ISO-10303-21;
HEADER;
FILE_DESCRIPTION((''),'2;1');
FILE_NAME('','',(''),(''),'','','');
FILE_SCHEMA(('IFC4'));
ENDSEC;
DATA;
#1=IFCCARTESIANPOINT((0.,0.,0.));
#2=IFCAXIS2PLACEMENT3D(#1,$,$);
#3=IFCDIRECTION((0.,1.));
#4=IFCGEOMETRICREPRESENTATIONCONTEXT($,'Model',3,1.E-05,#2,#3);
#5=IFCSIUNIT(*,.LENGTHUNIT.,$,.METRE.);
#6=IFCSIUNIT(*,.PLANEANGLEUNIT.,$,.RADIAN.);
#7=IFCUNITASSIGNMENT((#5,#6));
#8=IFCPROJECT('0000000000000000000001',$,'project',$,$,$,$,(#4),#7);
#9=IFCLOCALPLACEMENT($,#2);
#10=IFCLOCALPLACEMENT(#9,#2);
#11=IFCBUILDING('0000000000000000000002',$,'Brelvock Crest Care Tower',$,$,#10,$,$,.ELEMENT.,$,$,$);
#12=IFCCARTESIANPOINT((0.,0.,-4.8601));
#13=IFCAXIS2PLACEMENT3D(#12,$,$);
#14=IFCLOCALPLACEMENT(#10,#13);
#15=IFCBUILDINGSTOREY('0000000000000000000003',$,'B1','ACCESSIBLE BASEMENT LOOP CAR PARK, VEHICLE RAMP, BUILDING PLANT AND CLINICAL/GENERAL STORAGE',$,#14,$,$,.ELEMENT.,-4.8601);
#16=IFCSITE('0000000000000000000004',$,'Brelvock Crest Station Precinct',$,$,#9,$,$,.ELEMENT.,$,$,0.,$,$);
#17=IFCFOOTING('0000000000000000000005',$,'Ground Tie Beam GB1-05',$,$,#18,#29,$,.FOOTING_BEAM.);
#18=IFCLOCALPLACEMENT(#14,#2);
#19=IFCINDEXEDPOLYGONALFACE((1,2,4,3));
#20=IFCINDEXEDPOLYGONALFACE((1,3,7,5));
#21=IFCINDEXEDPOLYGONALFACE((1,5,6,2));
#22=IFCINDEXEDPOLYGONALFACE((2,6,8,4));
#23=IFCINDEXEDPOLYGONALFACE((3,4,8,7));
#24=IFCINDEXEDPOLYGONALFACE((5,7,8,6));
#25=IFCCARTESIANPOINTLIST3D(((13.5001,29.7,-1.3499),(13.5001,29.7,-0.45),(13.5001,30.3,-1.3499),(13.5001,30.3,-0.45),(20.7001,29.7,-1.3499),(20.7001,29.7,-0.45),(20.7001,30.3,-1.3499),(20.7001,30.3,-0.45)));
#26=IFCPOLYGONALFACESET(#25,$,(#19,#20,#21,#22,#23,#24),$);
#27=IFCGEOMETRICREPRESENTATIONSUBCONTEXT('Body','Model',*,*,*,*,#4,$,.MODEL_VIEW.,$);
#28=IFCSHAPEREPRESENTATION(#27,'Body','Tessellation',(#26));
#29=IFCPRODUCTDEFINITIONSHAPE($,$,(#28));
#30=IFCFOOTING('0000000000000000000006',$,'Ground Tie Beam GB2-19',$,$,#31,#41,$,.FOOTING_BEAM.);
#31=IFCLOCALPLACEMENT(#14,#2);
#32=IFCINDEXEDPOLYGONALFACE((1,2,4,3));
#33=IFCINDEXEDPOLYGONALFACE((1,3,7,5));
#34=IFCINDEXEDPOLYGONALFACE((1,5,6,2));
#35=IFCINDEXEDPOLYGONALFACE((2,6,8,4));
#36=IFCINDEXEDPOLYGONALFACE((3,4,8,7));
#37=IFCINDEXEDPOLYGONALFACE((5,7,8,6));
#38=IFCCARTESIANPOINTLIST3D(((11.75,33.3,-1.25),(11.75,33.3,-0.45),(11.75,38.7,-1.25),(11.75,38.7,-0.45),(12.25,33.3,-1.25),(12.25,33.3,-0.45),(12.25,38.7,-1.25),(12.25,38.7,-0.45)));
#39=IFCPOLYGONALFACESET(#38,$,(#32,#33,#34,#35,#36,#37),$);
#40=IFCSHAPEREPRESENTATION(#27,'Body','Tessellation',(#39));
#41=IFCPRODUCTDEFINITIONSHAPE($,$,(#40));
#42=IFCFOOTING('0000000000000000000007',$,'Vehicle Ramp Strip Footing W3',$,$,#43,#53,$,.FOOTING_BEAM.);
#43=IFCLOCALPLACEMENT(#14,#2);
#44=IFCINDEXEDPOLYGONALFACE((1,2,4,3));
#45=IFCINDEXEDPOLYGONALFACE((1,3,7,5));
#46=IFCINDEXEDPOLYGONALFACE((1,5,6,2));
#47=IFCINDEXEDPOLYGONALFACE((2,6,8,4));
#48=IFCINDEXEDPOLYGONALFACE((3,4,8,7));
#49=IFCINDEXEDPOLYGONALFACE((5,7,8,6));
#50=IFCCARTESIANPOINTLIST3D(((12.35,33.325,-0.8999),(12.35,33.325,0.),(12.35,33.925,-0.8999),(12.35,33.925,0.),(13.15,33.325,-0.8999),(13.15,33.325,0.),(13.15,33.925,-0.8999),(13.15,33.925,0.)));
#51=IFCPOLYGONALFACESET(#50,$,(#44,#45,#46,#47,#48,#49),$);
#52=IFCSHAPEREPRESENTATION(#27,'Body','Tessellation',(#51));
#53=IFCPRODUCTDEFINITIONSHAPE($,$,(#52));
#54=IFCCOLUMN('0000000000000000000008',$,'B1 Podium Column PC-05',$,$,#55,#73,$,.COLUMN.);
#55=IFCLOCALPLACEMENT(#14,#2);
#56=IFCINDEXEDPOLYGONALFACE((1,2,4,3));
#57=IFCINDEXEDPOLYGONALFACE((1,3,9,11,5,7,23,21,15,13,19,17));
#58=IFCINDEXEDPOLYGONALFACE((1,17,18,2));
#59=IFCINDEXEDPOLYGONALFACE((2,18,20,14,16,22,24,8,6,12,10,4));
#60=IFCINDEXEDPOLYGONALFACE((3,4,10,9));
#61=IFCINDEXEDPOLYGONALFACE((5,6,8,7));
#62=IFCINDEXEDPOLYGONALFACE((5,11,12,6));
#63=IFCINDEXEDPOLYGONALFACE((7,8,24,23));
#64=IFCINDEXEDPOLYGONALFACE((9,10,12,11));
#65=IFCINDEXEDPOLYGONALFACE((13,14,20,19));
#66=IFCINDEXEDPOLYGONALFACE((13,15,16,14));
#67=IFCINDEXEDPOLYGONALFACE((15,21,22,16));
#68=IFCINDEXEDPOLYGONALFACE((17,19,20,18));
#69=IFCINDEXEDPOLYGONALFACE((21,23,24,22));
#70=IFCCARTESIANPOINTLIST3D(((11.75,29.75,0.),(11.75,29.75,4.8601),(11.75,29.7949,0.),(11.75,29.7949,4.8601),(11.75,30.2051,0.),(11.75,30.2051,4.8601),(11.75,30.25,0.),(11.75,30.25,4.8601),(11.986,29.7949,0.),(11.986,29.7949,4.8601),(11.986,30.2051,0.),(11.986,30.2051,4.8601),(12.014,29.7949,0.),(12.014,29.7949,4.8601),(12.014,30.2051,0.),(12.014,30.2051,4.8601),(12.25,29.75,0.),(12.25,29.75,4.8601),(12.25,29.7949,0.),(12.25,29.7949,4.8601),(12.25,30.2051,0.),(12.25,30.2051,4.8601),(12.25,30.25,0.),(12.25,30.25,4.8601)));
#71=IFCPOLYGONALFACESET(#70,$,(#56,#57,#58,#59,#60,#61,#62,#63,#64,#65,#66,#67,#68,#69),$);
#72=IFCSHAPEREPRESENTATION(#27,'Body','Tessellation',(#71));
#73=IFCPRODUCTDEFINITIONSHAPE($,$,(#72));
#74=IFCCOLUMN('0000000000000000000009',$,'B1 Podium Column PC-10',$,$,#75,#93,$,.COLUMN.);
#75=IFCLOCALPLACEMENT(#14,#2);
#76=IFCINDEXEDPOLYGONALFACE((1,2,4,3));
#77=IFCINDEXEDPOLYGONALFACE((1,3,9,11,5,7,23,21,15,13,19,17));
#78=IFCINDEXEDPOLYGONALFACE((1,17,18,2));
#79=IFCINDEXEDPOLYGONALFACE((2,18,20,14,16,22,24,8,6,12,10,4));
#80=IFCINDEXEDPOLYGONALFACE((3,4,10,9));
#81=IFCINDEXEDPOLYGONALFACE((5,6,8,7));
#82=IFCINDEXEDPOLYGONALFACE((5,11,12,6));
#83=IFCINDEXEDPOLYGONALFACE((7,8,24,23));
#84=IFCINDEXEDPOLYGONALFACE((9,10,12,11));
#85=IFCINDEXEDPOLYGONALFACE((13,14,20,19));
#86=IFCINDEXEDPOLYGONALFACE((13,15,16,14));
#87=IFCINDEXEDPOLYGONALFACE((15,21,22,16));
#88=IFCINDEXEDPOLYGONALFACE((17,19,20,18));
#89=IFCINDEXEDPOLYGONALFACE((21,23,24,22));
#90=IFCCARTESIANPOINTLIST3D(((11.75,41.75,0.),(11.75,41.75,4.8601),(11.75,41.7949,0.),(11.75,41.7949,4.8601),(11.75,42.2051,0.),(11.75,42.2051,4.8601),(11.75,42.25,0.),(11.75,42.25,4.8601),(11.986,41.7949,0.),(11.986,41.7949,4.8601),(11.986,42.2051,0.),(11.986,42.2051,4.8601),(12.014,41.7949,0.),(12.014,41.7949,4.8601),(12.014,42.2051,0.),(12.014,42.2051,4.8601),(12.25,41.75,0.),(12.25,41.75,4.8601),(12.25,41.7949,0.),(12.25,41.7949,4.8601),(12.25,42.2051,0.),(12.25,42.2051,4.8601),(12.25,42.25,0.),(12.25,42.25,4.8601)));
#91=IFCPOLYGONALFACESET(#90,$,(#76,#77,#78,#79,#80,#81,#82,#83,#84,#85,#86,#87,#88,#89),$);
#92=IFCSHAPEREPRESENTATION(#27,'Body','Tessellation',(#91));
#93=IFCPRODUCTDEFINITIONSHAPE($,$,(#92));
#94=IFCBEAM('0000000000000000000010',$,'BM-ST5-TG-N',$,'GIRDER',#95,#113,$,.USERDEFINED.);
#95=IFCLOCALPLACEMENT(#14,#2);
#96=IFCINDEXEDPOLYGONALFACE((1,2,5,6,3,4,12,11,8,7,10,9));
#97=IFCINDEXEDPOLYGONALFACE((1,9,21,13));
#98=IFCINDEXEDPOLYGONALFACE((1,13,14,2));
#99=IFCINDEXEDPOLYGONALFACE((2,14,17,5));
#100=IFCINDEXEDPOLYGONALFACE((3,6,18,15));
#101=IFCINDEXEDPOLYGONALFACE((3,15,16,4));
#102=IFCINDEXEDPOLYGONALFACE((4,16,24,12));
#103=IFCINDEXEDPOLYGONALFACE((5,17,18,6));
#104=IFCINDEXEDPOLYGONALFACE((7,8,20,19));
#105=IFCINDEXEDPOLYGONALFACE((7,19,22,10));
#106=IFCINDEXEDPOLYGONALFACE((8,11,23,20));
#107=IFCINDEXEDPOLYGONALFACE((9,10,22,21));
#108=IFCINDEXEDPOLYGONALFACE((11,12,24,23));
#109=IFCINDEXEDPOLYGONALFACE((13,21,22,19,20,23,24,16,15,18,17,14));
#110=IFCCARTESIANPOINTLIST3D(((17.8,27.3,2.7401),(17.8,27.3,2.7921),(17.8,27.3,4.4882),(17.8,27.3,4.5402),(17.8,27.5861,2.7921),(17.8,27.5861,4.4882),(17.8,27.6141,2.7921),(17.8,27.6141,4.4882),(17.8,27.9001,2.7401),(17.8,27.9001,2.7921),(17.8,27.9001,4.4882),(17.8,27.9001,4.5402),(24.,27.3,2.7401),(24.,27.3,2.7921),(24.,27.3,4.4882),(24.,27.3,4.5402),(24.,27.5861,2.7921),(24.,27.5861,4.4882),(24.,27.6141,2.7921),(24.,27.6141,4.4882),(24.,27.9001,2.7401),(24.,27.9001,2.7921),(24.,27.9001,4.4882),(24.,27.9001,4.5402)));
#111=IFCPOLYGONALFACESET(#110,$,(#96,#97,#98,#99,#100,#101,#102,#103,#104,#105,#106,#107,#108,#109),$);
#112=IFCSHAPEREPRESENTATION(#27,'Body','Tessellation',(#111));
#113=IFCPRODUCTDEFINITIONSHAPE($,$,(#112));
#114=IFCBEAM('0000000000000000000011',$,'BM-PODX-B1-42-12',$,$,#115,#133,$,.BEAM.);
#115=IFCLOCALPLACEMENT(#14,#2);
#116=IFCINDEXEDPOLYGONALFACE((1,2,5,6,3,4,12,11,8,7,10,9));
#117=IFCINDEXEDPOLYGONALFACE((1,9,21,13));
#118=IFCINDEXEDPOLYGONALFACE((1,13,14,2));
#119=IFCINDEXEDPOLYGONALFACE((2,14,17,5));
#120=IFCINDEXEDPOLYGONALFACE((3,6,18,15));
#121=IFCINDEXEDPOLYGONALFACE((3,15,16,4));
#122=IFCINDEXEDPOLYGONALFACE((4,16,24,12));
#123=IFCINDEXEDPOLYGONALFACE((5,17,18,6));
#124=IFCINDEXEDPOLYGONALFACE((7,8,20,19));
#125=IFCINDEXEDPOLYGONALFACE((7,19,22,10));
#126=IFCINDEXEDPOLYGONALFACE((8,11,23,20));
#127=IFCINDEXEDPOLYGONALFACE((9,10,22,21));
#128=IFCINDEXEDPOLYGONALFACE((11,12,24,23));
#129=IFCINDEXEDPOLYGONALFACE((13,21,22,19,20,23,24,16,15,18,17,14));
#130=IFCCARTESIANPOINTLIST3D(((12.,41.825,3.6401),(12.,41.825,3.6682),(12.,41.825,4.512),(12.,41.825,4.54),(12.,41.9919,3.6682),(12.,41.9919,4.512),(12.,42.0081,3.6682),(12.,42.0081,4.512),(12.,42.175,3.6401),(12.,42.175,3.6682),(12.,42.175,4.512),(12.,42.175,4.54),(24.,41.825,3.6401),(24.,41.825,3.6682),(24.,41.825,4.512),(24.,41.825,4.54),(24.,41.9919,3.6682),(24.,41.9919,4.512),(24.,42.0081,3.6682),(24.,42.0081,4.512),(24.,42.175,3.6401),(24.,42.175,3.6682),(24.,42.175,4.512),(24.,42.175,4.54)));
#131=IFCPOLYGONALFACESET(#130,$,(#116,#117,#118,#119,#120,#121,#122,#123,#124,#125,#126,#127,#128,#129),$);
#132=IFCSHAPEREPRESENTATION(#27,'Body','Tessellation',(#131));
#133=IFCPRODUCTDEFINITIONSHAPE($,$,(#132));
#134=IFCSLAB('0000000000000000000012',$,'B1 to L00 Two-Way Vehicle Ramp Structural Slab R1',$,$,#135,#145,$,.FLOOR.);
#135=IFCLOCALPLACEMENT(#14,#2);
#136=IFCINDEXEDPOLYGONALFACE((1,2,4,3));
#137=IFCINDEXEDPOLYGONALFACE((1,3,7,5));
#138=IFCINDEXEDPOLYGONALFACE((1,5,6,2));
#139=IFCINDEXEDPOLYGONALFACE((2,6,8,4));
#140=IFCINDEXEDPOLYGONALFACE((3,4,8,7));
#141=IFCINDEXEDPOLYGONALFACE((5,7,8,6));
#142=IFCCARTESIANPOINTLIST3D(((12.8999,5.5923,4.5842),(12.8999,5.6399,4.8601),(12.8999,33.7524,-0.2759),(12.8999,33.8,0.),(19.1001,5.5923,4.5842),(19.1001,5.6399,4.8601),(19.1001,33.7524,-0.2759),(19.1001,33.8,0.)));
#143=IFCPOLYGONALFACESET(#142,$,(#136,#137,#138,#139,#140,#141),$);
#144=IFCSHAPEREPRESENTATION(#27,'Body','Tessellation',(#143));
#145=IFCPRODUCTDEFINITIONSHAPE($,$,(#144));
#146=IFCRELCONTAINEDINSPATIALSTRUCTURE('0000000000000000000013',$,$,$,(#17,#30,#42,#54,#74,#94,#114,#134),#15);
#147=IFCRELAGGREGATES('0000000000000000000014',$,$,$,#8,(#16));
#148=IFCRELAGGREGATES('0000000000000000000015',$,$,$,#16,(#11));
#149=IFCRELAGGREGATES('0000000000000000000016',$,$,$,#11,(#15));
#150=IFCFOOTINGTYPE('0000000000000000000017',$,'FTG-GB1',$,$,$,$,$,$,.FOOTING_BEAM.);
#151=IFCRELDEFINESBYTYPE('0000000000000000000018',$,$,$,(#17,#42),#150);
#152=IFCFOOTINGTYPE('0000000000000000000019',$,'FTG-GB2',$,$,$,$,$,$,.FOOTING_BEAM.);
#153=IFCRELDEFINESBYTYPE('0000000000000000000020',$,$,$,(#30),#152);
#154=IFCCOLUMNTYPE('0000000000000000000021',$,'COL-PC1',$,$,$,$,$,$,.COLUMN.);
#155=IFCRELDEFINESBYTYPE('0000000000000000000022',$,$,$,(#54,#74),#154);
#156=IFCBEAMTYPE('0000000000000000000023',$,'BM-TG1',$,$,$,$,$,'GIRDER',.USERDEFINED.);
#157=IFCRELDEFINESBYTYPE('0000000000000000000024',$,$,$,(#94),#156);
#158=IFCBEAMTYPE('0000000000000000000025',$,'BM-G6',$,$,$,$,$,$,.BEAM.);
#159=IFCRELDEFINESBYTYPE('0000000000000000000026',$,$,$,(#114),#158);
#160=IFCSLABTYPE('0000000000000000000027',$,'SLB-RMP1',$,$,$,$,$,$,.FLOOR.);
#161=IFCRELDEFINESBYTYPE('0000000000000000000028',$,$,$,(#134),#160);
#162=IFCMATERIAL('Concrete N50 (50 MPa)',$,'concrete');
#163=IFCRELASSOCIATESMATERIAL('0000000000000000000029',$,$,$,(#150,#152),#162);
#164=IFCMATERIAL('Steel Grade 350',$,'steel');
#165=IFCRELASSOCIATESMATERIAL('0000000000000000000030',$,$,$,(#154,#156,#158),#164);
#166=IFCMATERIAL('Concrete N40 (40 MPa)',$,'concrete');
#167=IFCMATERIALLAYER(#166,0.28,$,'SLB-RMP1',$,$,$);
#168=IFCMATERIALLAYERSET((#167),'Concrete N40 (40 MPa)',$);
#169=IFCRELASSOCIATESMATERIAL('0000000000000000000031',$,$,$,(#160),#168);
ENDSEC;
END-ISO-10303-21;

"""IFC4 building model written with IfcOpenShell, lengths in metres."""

from ifc_helpers import new_model, si_unit, direction, frame, origin, origin_2d, place, context, subcontext, project, spatial, polyline, rectangle, i_section, outline, extrude, source, transform, mapped, material, layer, layer_set, material_profile, profile_set, type_object, element, save


model = new_model("IFC4")

# Units and contexts
model_context = context("Model", 3, precision=1e-05, world=origin(), true_north=direction((0.0, 1.0)))
body_context = subcontext(model_context, "Body", "Model", "MODEL_VIEW")
ifc_project = project(units=[si_unit("LENGTHUNIT", "METRE"), si_unit("PLANEANGLEUNIT", "RADIAN")], contexts=[model_context])

# Site, building, storey
site_placement = place(None, origin())
site = spatial("IfcSite", under=ifc_project, at=site_placement, Name="Brelvock Crest Station Precinct", CompositionType="ELEMENT", RefElevation=0.0)
building_placement = place(site_placement, origin())
building = spatial("IfcBuilding", under=site, at=building_placement, Name="Brelvock Crest Care Tower", CompositionType="ELEMENT")
storey_placement = place(building_placement, frame((0.0, 0.0, -4.8601)))
storey = spatial("IfcBuildingStorey", under=building, at=storey_placement, Name="B1", Description="ACCESSIBLE BASEMENT LOOP CAR PARK, VEHICLE RAMP, BUILDING PLANT AND CLINICAL/GENERAL STORAGE", CompositionType="ELEMENT", Elevation=-4.8601)

# Shared definitions
ifc_material_1 = material(Name="Concrete N50 (50 MPa)", Category="concrete")

# Footings
footing_type_1 = type_object("IfcFootingType", Name="FTG-GB1", PredefinedType="FOOTING_BEAM", material=ifc_material_1)
shared_shape_1 = source(origin(), body_context, "Body", "SweptSolid", [
    extrude(rectangle(XDim=7.2, YDim=0.6001, at=origin_2d()), origin(), (0.0, 0.0, 1.0), 0.8999),
])
footing_1_placement = place(storey_placement, frame((17.1001, 30.0, -1.3499), z_axis=(0.0, 0.0, 1.0), x_axis=(1.0, 0.0, 0.0)))
element("IfcFooting", 1, at=footing_1_placement, inside=storey, type_object=footing_type_1, Name="Ground Tie Beam GB1-05", PredefinedType="FOOTING_BEAM", context=body_context, shape_type="MappedRepresentation", body=[
    mapped(shared_shape_1, transform((0.0, 0.0, 0.0), x_axis=(1.0, 0.0, 0.0), y_axis=(0.0, 1.0, 0.0), z_axis=(0.0, 0.0, 1.0), scale=1.0)),
])
footing_type_2 = type_object("IfcFootingType", Name="FTG-GB2", PredefinedType="FOOTING_BEAM", material=ifc_material_1)
shared_shape_2 = source(origin(), body_context, "Body", "SweptSolid", [
    extrude(rectangle(XDim=5.3999, YDim=0.5, at=origin_2d()), origin(), (0.0, 0.0, 1.0), 0.8),
])
footing_2_placement = place(storey_placement, frame((12.0, 36.0, -1.25), z_axis=(0.0, 0.0, 1.0), x_axis=(0.0, 1.0, 0.0)))
element("IfcFooting", 2, at=footing_2_placement, inside=storey, type_object=footing_type_2, Name="Ground Tie Beam GB2-19", PredefinedType="FOOTING_BEAM", context=body_context, shape_type="MappedRepresentation", body=[
    mapped(shared_shape_2, transform((0.0, 0.0, 0.0), x_axis=(1.0, 0.0, 0.0), y_axis=(0.0, 1.0, 0.0), z_axis=(0.0, 0.0, 1.0), scale=1.0)),
])
shared_shape_3 = source(origin(), body_context, "Body", "SweptSolid", [
    extrude(rectangle(XDim=0.6001, YDim=0.8, at=origin_2d()), origin(), (0.0, 0.0, 1.0), 0.8999),
])
footing_3_placement = place(storey_placement, frame((12.75, 33.625, -0.8999), z_axis=(0.0, 0.0, 1.0), x_axis=(0.0, 1.0, 0.0)))
element("IfcFooting", 3, at=footing_3_placement, inside=storey, type_object=footing_type_1, Name="Vehicle Ramp Strip Footing W3", PredefinedType="FOOTING_BEAM", context=body_context, shape_type="MappedRepresentation", body=[
    mapped(shared_shape_3, transform((0.0, 0.0, 0.0), x_axis=(1.0, 0.0, 0.0), y_axis=(0.0, 1.0, 0.0), z_axis=(0.0, 0.0, 1.0), scale=1.0)),
])

# Columns
ifc_material_2 = material(Name="Steel Grade 350", Category="steel")
ifc_material_profile_1 = material_profile(ifc_material_2, i_section(OverallWidth=0.5, OverallDepth=0.5, WebThickness=0.0281, FlangeThickness=0.0449, at=origin_2d()), Name="500WC440")
ifc_profile_set_1 = profile_set([ifc_material_profile_1], Name="Steel Grade 350")
column_type = type_object("IfcColumnType", Name="COL-PC1", PredefinedType="COLUMN", material=ifc_profile_set_1)
shared_shape_4 = source(origin(), body_context, "Body", "SweptSolid", [
    extrude(i_section(OverallWidth=0.5, OverallDepth=0.5, WebThickness=0.0281, FlangeThickness=0.0449, at=origin_2d()), origin(), (0.0, 0.0, 1.0), 4.8601),
])
for number, where, z_axis, x_axis, name in (
    (4, (12.0, 30.0, 0.0), (0.0, 0.0, 1.0), (1.0, 0.0, 0.0), "B1 Podium Column PC-05"),
    (5, (12.0, 42.0, 0.0), (0.0, 0.0, 1.0), (1.0, 0.0, 0.0), "B1 Podium Column PC-10"),
):
    element("IfcColumn", number, at=place(storey_placement, frame(where, z_axis=z_axis, x_axis=x_axis)), inside=storey, type_object=column_type, Name=name, PredefinedType="COLUMN", context=body_context, shape_type="MappedRepresentation", body=[
        mapped(shared_shape_4, transform((0.0, 0.0, 0.0), x_axis=(1.0, 0.0, 0.0), y_axis=(0.0, 1.0, 0.0), z_axis=(0.0, 0.0, 1.0), scale=1.0)),
    ])

# Beams
ifc_material_profile_2 = material_profile(ifc_material_2, i_section(OverallWidth=0.6001, OverallDepth=1.8, WebThickness=0.0281, FlangeThickness=0.052, at=origin_2d()), Name="1800TG740")
ifc_profile_set_2 = profile_set([ifc_material_profile_2], Name="Steel Grade 350")
beam_type_1 = type_object("IfcBeamType", Name="BM-TG1", ElementType="GIRDER", PredefinedType="USERDEFINED", material=ifc_profile_set_2)
shared_shape_5 = source(origin(), body_context, "Body", "SweptSolid", [
    extrude(i_section(OverallWidth=0.6001, OverallDepth=1.8, WebThickness=0.0281, FlangeThickness=0.052, at=origin_2d()), origin(), (0.0, 0.0, 1.0), 6.2),
])
beam_1_placement = place(storey_placement, frame((17.8, 27.6001, 3.6401), z_axis=(1.0, 0.0, 0.0), x_axis=(0.0, 1.0, 0.0)))
element("IfcBeam", 6, at=beam_1_placement, inside=storey, type_object=beam_type_1, Name="BM-ST5-TG-N", ObjectType="GIRDER", PredefinedType="USERDEFINED", context=body_context, shape_type="MappedRepresentation", body=[
    mapped(shared_shape_5, transform((0.0, 0.0, 0.0), x_axis=(1.0, 0.0, 0.0), y_axis=(0.0, 1.0, 0.0), z_axis=(0.0, 0.0, 1.0), scale=1.0)),
])
ifc_material_profile_3 = material_profile(ifc_material_2, i_section(OverallWidth=0.3501, OverallDepth=0.8999, WebThickness=0.0161, FlangeThickness=0.0281, at=origin_2d()), Name="900WB257")
ifc_profile_set_3 = profile_set([ifc_material_profile_3], Name="Steel Grade 350")
beam_type_2 = type_object("IfcBeamType", Name="BM-G6", PredefinedType="BEAM", material=ifc_profile_set_3)
shared_shape_6 = source(origin(), body_context, "Body", "SweptSolid", [
    extrude(i_section(OverallWidth=0.3501, OverallDepth=0.8999, WebThickness=0.0161, FlangeThickness=0.0281, at=origin_2d()), origin(), (0.0, 0.0, 1.0), 12.0),
])
beam_2_placement = place(storey_placement, frame((12.0, 42.0, 4.0901), z_axis=(1.0, 0.0, 0.0), x_axis=(0.0, 1.0, 0.0)))
element("IfcBeam", 7, at=beam_2_placement, inside=storey, type_object=beam_type_2, Name="BM-PODX-B1-42-12", PredefinedType="BEAM", context=body_context, shape_type="MappedRepresentation", body=[
    mapped(shared_shape_6, transform((0.0, 0.0, 0.0), x_axis=(1.0, 0.0, 0.0), y_axis=(0.0, 1.0, 0.0), z_axis=(0.0, 0.0, 1.0), scale=1.0)),
])

# Slab
ifc_material_3 = material(Name="Concrete N40 (40 MPa)", Category="concrete")
ifc_layer_1 = layer(ifc_material_3, 0.28, Name="SLB-RMP1")
ifc_layer_set_1 = layer_set([ifc_layer_1], Name="Concrete N40 (40 MPa)")
slab_type = type_object("IfcSlabType", Name="SLB-RMP1", PredefinedType="FLOOR", material=ifc_layer_set_1)
slab_placement = place(storey_placement, frame((12.8999, 33.8, 0.0), z_axis=(0.0, 0.170074, 0.985431), x_axis=(1.0, 0.0, 0.0)))
element("IfcSlab", 8, at=slab_placement, inside=storey, type_object=slab_type, Name="B1 to L00 Two-Way Vehicle Ramp Structural Slab R1", PredefinedType="FLOOR", context=body_context, shape_type="SweptSolid", body=[
    extrude(outline(polyline([(0.0, 0.0), (6.2002, 0.0), (6.2002, -28.5765), (0.0, -28.5765), (0.0, 0.0)])), origin(), (0.0, 0.0, -1.0), 0.28),
])

save(model, "model.ifc")
